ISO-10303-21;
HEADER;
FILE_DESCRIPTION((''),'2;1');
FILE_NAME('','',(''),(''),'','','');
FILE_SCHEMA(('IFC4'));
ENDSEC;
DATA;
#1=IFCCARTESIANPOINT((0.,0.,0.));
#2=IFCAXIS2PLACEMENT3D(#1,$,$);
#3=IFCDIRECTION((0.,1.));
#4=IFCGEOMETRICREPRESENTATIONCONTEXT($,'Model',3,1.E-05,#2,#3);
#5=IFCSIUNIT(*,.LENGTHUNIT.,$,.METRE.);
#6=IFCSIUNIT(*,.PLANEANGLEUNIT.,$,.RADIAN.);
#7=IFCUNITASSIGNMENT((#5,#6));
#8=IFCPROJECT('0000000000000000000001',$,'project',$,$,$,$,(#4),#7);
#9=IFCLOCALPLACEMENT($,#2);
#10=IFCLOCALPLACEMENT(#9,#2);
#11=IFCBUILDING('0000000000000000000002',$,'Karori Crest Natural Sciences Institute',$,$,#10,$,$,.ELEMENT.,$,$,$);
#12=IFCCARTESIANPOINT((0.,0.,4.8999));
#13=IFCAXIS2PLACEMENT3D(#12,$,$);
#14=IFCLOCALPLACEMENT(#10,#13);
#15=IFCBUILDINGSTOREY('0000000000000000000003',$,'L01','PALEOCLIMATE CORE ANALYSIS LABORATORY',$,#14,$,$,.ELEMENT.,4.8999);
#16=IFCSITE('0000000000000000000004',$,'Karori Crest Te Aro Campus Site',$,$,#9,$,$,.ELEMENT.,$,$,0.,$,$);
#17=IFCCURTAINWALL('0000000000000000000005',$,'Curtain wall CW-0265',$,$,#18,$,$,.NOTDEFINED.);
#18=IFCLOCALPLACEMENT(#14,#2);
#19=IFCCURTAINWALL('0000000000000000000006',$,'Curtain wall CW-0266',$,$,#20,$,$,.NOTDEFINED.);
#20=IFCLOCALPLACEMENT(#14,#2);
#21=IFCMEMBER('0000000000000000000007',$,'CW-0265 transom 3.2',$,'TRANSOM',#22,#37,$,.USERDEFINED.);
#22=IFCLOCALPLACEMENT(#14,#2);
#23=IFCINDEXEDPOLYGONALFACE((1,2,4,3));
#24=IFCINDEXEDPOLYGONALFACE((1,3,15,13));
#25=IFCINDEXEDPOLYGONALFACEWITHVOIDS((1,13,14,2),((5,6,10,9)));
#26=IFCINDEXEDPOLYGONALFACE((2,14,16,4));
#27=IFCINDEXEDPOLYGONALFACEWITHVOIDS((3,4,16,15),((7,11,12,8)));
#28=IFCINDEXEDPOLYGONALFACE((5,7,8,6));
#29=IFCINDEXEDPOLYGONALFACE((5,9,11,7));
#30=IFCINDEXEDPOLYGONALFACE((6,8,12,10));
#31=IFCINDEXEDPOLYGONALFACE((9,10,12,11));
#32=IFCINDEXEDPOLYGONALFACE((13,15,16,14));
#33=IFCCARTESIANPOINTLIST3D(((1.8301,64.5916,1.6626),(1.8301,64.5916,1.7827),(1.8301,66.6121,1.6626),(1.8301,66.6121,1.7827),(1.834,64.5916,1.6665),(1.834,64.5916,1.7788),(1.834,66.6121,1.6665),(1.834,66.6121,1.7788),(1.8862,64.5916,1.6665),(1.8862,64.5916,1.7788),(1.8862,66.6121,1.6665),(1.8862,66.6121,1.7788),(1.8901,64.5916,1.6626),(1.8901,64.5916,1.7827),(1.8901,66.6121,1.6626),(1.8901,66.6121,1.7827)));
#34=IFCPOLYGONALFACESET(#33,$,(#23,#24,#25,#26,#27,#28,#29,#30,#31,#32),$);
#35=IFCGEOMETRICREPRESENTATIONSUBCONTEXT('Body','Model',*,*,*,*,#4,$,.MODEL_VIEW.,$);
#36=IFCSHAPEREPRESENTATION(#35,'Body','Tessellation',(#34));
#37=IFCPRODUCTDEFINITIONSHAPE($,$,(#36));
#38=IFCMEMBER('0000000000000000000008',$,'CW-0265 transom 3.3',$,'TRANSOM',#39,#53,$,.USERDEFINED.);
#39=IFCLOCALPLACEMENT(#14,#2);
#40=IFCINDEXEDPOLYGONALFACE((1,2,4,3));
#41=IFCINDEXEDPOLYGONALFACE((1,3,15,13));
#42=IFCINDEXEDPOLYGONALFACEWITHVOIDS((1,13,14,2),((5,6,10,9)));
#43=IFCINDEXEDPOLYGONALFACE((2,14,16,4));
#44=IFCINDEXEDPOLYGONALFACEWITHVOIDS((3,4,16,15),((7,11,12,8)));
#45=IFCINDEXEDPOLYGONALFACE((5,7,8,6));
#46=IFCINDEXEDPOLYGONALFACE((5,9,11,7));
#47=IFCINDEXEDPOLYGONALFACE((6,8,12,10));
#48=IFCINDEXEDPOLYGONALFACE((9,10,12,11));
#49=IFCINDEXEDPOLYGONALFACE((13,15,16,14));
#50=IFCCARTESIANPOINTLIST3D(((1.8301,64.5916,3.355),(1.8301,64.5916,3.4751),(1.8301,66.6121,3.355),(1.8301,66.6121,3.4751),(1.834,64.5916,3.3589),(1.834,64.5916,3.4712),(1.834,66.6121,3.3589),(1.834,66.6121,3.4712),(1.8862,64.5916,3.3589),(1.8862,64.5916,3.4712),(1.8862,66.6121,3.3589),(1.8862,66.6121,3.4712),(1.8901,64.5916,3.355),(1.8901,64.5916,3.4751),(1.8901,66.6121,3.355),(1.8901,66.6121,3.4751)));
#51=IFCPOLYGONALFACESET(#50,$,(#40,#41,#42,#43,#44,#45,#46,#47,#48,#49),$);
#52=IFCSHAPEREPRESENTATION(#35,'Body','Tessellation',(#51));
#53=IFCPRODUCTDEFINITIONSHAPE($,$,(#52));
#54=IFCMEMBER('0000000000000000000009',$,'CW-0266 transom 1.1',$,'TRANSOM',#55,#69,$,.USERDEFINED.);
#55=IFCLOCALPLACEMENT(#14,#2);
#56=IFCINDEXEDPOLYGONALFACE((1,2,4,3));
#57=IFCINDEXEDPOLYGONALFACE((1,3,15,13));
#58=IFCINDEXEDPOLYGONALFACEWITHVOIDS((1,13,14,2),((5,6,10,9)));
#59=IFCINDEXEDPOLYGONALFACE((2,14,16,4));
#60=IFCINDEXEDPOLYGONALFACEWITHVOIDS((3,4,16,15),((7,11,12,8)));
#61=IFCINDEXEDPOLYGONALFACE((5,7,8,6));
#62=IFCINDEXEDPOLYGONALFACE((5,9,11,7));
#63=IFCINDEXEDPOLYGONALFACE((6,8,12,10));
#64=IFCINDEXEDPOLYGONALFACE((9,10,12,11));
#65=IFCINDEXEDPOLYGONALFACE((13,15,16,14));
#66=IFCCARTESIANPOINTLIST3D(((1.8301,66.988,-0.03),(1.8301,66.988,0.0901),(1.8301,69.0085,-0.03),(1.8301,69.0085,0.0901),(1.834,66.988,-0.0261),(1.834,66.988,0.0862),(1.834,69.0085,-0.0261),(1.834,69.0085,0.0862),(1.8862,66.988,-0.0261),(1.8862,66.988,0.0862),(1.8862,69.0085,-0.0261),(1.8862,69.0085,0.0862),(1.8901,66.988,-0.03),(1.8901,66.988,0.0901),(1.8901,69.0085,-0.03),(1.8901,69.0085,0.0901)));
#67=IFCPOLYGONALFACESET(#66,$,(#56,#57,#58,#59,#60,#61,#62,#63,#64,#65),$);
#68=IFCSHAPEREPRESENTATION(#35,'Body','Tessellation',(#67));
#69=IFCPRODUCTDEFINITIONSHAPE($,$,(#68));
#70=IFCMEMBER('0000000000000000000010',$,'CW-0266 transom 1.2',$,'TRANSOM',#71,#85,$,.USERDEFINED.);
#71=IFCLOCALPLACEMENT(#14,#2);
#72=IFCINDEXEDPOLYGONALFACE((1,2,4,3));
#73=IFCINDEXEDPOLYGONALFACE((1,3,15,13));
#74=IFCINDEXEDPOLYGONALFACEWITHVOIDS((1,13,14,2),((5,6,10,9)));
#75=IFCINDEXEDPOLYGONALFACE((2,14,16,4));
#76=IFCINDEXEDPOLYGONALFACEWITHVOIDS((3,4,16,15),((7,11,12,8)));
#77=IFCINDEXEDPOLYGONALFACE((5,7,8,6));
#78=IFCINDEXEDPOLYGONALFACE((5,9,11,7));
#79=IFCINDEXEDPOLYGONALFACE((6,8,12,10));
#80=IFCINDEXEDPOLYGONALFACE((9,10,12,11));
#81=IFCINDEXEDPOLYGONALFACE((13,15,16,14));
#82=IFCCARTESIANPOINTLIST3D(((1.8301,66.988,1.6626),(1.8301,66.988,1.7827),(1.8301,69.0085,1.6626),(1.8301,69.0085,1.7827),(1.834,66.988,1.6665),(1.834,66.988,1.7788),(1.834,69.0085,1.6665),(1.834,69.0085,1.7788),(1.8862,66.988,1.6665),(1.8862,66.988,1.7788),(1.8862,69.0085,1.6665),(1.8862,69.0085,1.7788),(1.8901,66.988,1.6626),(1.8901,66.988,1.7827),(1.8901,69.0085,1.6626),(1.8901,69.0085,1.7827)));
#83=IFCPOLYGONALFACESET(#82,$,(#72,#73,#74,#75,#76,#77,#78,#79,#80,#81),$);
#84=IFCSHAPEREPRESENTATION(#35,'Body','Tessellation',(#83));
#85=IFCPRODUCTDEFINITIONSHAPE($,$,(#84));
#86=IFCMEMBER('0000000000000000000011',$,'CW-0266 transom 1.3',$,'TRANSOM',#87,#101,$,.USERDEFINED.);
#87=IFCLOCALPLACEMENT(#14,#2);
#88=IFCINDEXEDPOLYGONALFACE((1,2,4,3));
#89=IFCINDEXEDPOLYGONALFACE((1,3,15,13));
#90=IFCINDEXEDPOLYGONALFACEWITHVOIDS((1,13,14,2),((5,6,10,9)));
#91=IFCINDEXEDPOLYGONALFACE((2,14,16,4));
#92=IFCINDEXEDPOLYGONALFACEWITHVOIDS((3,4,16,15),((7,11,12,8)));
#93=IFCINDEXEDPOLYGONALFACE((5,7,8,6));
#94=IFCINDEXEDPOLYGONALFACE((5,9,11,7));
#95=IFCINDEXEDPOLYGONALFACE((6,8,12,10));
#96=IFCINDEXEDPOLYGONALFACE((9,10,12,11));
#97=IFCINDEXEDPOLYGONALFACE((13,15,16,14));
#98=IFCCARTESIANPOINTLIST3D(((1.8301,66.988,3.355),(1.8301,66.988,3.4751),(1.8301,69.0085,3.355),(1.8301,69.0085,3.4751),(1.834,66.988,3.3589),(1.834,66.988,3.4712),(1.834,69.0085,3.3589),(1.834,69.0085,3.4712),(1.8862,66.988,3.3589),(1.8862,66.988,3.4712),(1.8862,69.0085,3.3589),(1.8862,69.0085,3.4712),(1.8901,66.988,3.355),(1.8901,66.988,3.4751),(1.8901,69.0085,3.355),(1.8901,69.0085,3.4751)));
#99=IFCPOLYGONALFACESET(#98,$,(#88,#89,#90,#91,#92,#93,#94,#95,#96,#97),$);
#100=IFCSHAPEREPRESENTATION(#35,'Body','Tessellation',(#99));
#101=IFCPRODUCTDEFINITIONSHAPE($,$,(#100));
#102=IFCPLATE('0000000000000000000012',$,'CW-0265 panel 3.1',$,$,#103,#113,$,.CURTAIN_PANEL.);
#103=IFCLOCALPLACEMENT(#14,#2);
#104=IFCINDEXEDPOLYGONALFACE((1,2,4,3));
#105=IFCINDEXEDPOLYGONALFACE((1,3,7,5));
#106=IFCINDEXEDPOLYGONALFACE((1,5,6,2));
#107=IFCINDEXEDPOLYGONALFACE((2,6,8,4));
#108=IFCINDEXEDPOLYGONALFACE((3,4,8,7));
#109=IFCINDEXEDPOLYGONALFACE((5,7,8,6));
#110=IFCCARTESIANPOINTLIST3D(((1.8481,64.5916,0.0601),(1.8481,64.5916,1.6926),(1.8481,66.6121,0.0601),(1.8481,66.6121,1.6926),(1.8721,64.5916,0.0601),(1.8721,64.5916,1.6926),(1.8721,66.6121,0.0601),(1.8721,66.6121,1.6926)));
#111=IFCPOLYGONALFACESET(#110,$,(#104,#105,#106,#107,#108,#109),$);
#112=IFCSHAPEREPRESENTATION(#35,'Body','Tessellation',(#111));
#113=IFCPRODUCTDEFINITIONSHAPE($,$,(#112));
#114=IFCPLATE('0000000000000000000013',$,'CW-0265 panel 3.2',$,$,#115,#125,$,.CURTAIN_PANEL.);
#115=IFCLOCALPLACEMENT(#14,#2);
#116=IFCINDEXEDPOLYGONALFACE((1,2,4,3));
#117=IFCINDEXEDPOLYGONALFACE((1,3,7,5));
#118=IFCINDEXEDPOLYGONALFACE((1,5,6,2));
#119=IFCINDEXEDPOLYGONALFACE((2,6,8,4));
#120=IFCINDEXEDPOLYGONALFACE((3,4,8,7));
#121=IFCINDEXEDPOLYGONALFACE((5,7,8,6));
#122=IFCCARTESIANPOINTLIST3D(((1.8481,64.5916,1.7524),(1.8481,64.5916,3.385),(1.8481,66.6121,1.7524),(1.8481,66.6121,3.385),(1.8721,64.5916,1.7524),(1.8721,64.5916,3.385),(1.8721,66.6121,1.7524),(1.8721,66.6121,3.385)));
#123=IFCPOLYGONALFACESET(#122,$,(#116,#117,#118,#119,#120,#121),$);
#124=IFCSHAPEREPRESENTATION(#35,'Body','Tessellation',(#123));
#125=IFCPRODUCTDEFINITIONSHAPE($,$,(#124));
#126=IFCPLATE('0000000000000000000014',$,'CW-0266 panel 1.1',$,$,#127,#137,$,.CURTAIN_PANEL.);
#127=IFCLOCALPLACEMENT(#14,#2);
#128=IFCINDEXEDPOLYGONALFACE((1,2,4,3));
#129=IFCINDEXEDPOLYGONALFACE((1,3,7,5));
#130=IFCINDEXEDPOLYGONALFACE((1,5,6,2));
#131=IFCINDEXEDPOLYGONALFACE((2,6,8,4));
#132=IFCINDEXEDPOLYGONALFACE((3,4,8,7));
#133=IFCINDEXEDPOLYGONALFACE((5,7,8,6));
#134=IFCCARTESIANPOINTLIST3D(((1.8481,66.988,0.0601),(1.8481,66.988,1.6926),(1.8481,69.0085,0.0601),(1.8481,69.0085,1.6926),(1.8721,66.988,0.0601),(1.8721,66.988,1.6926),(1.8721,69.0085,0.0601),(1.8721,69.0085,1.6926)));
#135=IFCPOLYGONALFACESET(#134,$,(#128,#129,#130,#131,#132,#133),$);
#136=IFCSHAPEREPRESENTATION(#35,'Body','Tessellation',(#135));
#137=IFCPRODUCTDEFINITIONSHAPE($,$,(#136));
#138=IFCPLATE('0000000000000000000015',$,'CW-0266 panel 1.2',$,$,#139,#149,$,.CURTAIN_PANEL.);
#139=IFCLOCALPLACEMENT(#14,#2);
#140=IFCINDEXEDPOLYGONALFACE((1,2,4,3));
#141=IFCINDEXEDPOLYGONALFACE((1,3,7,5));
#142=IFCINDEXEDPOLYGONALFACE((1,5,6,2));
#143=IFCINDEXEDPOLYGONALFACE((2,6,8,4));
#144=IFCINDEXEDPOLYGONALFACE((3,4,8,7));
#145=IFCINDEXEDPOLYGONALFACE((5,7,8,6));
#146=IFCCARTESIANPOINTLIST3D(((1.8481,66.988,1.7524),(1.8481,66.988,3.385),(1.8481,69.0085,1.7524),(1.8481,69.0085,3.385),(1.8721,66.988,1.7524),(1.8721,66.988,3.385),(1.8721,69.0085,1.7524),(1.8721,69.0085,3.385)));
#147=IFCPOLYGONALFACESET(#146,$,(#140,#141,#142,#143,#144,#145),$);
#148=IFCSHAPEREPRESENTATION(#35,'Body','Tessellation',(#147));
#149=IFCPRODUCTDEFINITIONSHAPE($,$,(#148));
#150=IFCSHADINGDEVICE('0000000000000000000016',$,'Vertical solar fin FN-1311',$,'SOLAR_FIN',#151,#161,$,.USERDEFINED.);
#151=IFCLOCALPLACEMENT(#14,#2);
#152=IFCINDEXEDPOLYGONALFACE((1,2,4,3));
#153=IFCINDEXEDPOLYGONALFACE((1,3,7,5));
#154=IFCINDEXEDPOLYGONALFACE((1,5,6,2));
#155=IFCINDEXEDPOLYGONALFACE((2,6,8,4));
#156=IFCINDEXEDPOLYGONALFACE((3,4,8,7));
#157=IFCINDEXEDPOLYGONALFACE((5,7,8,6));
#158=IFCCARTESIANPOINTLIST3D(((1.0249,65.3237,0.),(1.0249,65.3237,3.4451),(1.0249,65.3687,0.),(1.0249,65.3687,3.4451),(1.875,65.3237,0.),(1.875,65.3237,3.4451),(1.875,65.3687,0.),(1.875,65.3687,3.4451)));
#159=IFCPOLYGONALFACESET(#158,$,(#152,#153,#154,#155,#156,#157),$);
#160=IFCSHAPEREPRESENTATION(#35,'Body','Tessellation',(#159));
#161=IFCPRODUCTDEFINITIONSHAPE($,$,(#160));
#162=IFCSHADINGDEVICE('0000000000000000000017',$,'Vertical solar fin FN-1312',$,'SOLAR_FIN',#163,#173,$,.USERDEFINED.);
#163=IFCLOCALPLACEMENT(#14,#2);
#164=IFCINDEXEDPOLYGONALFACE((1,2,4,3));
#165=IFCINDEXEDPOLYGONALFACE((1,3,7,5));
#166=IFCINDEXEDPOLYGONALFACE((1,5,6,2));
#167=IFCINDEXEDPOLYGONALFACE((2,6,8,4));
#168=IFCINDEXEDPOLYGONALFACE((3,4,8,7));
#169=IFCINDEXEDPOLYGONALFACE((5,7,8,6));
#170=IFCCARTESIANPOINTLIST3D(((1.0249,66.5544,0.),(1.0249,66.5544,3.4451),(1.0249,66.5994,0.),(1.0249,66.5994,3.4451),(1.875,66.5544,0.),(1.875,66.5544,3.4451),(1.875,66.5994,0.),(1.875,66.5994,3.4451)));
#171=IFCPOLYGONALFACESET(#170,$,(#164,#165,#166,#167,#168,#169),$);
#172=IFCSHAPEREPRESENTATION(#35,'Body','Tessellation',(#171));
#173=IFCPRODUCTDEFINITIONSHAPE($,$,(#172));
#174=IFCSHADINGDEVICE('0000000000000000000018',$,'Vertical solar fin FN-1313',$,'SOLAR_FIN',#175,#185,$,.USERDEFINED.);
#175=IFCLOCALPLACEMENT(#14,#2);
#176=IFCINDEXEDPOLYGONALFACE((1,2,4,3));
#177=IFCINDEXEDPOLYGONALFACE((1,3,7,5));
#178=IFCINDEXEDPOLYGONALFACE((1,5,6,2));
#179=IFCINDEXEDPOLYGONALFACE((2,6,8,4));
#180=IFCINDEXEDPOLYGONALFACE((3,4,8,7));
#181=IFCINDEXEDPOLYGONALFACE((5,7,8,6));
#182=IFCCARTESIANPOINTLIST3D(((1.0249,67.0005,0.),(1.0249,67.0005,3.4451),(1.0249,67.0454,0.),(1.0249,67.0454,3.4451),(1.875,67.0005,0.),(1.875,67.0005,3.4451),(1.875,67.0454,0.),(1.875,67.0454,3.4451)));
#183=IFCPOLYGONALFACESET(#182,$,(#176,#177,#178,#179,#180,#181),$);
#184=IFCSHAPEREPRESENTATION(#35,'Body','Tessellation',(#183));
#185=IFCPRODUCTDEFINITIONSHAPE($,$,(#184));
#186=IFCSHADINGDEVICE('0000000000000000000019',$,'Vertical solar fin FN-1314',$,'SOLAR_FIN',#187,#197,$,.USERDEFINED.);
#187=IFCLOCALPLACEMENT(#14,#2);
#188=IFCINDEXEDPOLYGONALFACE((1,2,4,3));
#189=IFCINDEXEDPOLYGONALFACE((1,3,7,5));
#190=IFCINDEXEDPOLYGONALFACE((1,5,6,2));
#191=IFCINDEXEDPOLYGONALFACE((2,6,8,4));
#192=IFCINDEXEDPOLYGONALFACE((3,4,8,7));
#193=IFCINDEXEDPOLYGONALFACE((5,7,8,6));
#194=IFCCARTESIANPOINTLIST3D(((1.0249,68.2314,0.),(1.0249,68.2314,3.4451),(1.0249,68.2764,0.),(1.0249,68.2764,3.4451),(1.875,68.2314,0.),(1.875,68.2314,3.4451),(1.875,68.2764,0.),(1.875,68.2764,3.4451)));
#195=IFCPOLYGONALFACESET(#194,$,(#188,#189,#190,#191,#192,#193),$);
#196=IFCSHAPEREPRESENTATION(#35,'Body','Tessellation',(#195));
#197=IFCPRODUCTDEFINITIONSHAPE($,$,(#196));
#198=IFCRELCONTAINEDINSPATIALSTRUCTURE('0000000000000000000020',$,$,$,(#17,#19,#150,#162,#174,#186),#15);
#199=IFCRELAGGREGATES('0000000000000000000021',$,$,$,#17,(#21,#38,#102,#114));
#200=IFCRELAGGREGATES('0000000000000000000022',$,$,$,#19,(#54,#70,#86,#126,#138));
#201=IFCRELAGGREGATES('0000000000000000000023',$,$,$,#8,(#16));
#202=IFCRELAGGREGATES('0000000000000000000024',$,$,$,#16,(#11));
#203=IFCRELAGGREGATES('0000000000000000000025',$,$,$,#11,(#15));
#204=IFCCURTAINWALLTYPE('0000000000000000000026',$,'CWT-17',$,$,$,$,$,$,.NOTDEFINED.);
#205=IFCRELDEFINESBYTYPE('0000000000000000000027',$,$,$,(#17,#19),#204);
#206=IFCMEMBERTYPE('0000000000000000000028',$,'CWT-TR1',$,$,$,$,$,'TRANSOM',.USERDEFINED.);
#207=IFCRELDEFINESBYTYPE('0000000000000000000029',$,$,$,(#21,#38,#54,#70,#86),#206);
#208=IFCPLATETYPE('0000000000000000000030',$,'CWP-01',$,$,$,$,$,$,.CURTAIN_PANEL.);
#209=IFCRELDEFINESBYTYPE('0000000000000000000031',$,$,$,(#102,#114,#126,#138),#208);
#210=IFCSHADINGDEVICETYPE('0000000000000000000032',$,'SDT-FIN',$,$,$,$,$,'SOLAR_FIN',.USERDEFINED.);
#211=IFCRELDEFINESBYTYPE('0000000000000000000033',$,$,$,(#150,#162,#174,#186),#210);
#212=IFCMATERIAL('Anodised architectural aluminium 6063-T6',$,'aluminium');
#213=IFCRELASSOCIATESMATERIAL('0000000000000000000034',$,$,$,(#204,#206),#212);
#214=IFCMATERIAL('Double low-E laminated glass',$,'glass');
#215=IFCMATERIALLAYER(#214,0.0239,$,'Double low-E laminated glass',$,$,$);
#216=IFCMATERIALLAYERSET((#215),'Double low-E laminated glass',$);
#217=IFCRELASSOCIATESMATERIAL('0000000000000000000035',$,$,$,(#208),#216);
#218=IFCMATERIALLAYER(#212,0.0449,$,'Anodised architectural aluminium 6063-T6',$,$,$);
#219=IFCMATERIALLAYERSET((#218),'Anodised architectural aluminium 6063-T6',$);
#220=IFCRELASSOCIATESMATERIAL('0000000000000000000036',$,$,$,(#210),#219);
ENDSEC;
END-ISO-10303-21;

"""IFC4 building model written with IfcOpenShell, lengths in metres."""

from ifc_helpers import new_model, si_unit, direction, frame, origin, origin_2d, place, context, subcontext, project, spatial, rectangle, hollow_rectangle, extrude, material, layer, layer_set, material_profile, profile_set, type_object, element, aggregate, save


model = new_model("IFC4")

# Units and contexts
model_context = context("Model", 3, precision=1e-05, world=origin(), true_north=direction((0.0, 1.0)))
body_context = subcontext(model_context, "Body", "Model", "MODEL_VIEW")
ifc_project = project(units=[si_unit("LENGTHUNIT", "METRE"), si_unit("PLANEANGLEUNIT", "RADIAN")], contexts=[model_context])

# Site, building, storey
site_placement = place(None, origin())
site = spatial("IfcSite", under=ifc_project, at=site_placement, Name="Karori Crest Te Aro Campus Site", CompositionType="ELEMENT", RefElevation=0.0)
building_placement = place(site_placement, origin())
building = spatial("IfcBuilding", under=site, at=building_placement, Name="Karori Crest Natural Sciences Institute", CompositionType="ELEMENT")
storey_placement = place(building_placement, frame((0.0, 0.0, 4.8999)))
storey = spatial("IfcBuildingStorey", under=building, at=storey_placement, Name="L01", Description="PALEOCLIMATE CORE ANALYSIS LABORATORY", CompositionType="ELEMENT", Elevation=4.8999)

# Curtain wall
ifc_material_1 = material(Name="Anodised architectural aluminium 6063-T6", Category="aluminium")
curtain_wall_type = type_object("IfcCurtainWallType", Name="CWT-17", PredefinedType="NOTDEFINED", material=ifc_material_1)
curtain_wall_1_placement = place(storey_placement, origin())
curtain_wall_1 = element("IfcCurtainWall", 1, at=curtain_wall_1_placement, inside=storey, type_object=curtain_wall_type, Name="Curtain wall CW-0265", PredefinedType="NOTDEFINED")

# Curtain wall
curtain_wall_2_placement = place(storey_placement, origin())
curtain_wall_2 = element("IfcCurtainWall", 2, at=curtain_wall_2_placement, inside=storey, type_object=curtain_wall_type, Name="Curtain wall CW-0266", PredefinedType="NOTDEFINED")

# Members
ifc_material_profile_1 = material_profile(ifc_material_1, hollow_rectangle(XDim=0.0601, YDim=0.1201, WallThickness=0.0039, at=origin_2d()), Name="CWT120x60x4")
ifc_profile_set_1 = profile_set([ifc_material_profile_1], Name="Anodised architectural aluminium 6063-T6")
member_type_1 = type_object("IfcMemberType", Name="CWT-TR1", ElementType="TRANSOM", PredefinedType="USERDEFINED", material=ifc_profile_set_1)
member_1_placement = place(storey_placement, frame((1.8601, 64.5916, 1.7227), z_axis=(0.0, 1.0, 0.0), x_axis=(-1.0, 0.0, 0.0)))
member_1 = element("IfcMember", 3, at=member_1_placement, type_object=member_type_1, Name="CW-0265 transom 3.2", ObjectType="TRANSOM", PredefinedType="USERDEFINED", context=body_context, shape_type="SweptSolid", body=[
    extrude(hollow_rectangle(XDim=0.0601, YDim=0.1201, WallThickness=0.0039, at=origin_2d()), origin(), (0.0, 0.0, 1.0), 2.0205),
])
member_2_placement = place(storey_placement, frame((1.8601, 64.5916, 3.415), z_axis=(0.0, 1.0, 0.0), x_axis=(-1.0, 0.0, 0.0)))
member_2 = element("IfcMember", 4, at=member_2_placement, type_object=member_type_1, Name="CW-0265 transom 3.3", ObjectType="TRANSOM", PredefinedType="USERDEFINED", context=body_context, shape_type="SweptSolid", body=[
    extrude(hollow_rectangle(XDim=0.0601, YDim=0.1201, WallThickness=0.0039, at=origin_2d()), origin(), (0.0, 0.0, 1.0), 2.0205),
])
member_3_placement = place(storey_placement, frame((1.8601, 66.988, 0.03), z_axis=(0.0, 1.0, 0.0), x_axis=(-1.0, 0.0, 0.0)))
member_3 = element("IfcMember", 5, at=member_3_placement, type_object=member_type_1, Name="CW-0266 transom 1.1", ObjectType="TRANSOM", PredefinedType="USERDEFINED", context=body_context, shape_type="SweptSolid", body=[
    extrude(hollow_rectangle(XDim=0.0601, YDim=0.1201, WallThickness=0.0039, at=origin_2d()), origin(), (0.0, 0.0, 1.0), 2.0205),
])
member_4_placement = place(storey_placement, frame((1.8601, 66.988, 1.7227), z_axis=(0.0, 1.0, 0.0), x_axis=(-1.0, 0.0, 0.0)))
member_4 = element("IfcMember", 6, at=member_4_placement, type_object=member_type_1, Name="CW-0266 transom 1.2", ObjectType="TRANSOM", PredefinedType="USERDEFINED", context=body_context, shape_type="SweptSolid", body=[
    extrude(hollow_rectangle(XDim=0.0601, YDim=0.1201, WallThickness=0.0039, at=origin_2d()), origin(), (0.0, 0.0, 1.0), 2.0205),
])
member_5_placement = place(storey_placement, frame((1.8601, 66.988, 3.415), z_axis=(0.0, 1.0, 0.0), x_axis=(-1.0, 0.0, 0.0)))
member_5 = element("IfcMember", 7, at=member_5_placement, type_object=member_type_1, Name="CW-0266 transom 1.3", ObjectType="TRANSOM", PredefinedType="USERDEFINED", context=body_context, shape_type="SweptSolid", body=[
    extrude(hollow_rectangle(XDim=0.0601, YDim=0.1201, WallThickness=0.0039, at=origin_2d()), origin(), (0.0, 0.0, 1.0), 2.0205),
])

# Plates
ifc_material_2 = material(Name="Double low-E laminated glass", Category="glass")
ifc_layer_1 = layer(ifc_material_2, 0.0239, Name="Double low-E laminated glass")
ifc_layer_set_1 = layer_set([ifc_layer_1], Name="Double low-E laminated glass")
plate_type = type_object("IfcPlateType", Name="CWP-01", PredefinedType="CURTAIN_PANEL", material=ifc_layer_set_1)
plate_1_placement = place(storey_placement, frame((1.8601, 65.6018, 0.0601), z_axis=(0.0, 0.0, 1.0), x_axis=(0.0, 1.0, 0.0)))
plate_1 = element("IfcPlate", 8, at=plate_1_placement, type_object=plate_type, Name="CW-0265 panel 3.1", PredefinedType="CURTAIN_PANEL", context=body_context, shape_type="SweptSolid", body=[
    extrude(rectangle(XDim=2.0205, YDim=0.0239, at=origin_2d()), origin(), (0.0, 0.0, 1.0), 1.6326),
])
plate_2_placement = place(storey_placement, frame((1.8601, 65.6018, 1.7524), z_axis=(0.0, 0.0, 1.0), x_axis=(0.0, 1.0, 0.0)))
plate_2 = element("IfcPlate", 9, at=plate_2_placement, type_object=plate_type, Name="CW-0265 panel 3.2", PredefinedType="CURTAIN_PANEL", context=body_context, shape_type="SweptSolid", body=[
    extrude(rectangle(XDim=2.0205, YDim=0.0239, at=origin_2d()), origin(), (0.0, 0.0, 1.0), 1.6326),
])
aggregate(curtain_wall_1, [member_1, member_2, plate_1, plate_2])
plate_3_placement = place(storey_placement, frame((1.8601, 67.9983, 0.0601), z_axis=(0.0, 0.0, 1.0), x_axis=(0.0, 1.0, 0.0)))
plate_3 = element("IfcPlate", 10, at=plate_3_placement, type_object=plate_type, Name="CW-0266 panel 1.1", PredefinedType="CURTAIN_PANEL", context=body_context, shape_type="SweptSolid", body=[
    extrude(rectangle(XDim=2.0205, YDim=0.0239, at=origin_2d()), origin(), (0.0, 0.0, 1.0), 1.6326),
])
plate_4_placement = place(storey_placement, frame((1.8601, 67.9983, 1.7524), z_axis=(0.0, 0.0, 1.0), x_axis=(0.0, 1.0, 0.0)))
plate_4 = element("IfcPlate", 11, at=plate_4_placement, type_object=plate_type, Name="CW-0266 panel 1.2", PredefinedType="CURTAIN_PANEL", context=body_context, shape_type="SweptSolid", body=[
    extrude(rectangle(XDim=2.0205, YDim=0.0239, at=origin_2d()), origin(), (0.0, 0.0, 1.0), 1.6326),
])
aggregate(curtain_wall_2, [member_3, member_4, member_5, plate_3, plate_4])

# Shading devices
ifc_layer_2 = layer(ifc_material_1, 0.0449, Name="Anodised architectural aluminium 6063-T6")
ifc_layer_set_2 = layer_set([ifc_layer_2], Name="Anodised architectural aluminium 6063-T6")
shading_device_type = type_object("IfcShadingDeviceType", Name="SDT-FIN", ElementType="SOLAR_FIN", PredefinedType="USERDEFINED", material=ifc_layer_set_2)
for number, where, z_axis, x_axis, name in (
    (12, (1.45, 65.3462, 0.0), (0.0, 0.0, 1.0), (-1.0, 0.0, 0.0), "Vertical solar fin FN-1311"),
    (13, (1.45, 66.5769, 0.0), (0.0, 0.0, 1.0), (-1.0, 0.0, 0.0), "Vertical solar fin FN-1312"),
    (14, (1.45, 67.0229, 0.0), (0.0, 0.0, 1.0), (-1.0, 0.0, 0.0), "Vertical solar fin FN-1313"),
    (15, (1.45, 68.2539, 0.0), (0.0, 0.0, 1.0), (-1.0, 0.0, 0.0), "Vertical solar fin FN-1314"),
):
    element("IfcShadingDevice", number, at=place(storey_placement, frame(where, z_axis=z_axis, x_axis=x_axis)), inside=storey, type_object=shading_device_type, Name=name, ObjectType="SOLAR_FIN", PredefinedType="USERDEFINED", context=body_context, shape_type="SweptSolid", body=[
        extrude(rectangle(XDim=0.8501, YDim=0.0449, at=origin_2d()), origin(), (0.0, 0.0, 1.0), 3.4451),
    ])

save(model, "model.ifc")
